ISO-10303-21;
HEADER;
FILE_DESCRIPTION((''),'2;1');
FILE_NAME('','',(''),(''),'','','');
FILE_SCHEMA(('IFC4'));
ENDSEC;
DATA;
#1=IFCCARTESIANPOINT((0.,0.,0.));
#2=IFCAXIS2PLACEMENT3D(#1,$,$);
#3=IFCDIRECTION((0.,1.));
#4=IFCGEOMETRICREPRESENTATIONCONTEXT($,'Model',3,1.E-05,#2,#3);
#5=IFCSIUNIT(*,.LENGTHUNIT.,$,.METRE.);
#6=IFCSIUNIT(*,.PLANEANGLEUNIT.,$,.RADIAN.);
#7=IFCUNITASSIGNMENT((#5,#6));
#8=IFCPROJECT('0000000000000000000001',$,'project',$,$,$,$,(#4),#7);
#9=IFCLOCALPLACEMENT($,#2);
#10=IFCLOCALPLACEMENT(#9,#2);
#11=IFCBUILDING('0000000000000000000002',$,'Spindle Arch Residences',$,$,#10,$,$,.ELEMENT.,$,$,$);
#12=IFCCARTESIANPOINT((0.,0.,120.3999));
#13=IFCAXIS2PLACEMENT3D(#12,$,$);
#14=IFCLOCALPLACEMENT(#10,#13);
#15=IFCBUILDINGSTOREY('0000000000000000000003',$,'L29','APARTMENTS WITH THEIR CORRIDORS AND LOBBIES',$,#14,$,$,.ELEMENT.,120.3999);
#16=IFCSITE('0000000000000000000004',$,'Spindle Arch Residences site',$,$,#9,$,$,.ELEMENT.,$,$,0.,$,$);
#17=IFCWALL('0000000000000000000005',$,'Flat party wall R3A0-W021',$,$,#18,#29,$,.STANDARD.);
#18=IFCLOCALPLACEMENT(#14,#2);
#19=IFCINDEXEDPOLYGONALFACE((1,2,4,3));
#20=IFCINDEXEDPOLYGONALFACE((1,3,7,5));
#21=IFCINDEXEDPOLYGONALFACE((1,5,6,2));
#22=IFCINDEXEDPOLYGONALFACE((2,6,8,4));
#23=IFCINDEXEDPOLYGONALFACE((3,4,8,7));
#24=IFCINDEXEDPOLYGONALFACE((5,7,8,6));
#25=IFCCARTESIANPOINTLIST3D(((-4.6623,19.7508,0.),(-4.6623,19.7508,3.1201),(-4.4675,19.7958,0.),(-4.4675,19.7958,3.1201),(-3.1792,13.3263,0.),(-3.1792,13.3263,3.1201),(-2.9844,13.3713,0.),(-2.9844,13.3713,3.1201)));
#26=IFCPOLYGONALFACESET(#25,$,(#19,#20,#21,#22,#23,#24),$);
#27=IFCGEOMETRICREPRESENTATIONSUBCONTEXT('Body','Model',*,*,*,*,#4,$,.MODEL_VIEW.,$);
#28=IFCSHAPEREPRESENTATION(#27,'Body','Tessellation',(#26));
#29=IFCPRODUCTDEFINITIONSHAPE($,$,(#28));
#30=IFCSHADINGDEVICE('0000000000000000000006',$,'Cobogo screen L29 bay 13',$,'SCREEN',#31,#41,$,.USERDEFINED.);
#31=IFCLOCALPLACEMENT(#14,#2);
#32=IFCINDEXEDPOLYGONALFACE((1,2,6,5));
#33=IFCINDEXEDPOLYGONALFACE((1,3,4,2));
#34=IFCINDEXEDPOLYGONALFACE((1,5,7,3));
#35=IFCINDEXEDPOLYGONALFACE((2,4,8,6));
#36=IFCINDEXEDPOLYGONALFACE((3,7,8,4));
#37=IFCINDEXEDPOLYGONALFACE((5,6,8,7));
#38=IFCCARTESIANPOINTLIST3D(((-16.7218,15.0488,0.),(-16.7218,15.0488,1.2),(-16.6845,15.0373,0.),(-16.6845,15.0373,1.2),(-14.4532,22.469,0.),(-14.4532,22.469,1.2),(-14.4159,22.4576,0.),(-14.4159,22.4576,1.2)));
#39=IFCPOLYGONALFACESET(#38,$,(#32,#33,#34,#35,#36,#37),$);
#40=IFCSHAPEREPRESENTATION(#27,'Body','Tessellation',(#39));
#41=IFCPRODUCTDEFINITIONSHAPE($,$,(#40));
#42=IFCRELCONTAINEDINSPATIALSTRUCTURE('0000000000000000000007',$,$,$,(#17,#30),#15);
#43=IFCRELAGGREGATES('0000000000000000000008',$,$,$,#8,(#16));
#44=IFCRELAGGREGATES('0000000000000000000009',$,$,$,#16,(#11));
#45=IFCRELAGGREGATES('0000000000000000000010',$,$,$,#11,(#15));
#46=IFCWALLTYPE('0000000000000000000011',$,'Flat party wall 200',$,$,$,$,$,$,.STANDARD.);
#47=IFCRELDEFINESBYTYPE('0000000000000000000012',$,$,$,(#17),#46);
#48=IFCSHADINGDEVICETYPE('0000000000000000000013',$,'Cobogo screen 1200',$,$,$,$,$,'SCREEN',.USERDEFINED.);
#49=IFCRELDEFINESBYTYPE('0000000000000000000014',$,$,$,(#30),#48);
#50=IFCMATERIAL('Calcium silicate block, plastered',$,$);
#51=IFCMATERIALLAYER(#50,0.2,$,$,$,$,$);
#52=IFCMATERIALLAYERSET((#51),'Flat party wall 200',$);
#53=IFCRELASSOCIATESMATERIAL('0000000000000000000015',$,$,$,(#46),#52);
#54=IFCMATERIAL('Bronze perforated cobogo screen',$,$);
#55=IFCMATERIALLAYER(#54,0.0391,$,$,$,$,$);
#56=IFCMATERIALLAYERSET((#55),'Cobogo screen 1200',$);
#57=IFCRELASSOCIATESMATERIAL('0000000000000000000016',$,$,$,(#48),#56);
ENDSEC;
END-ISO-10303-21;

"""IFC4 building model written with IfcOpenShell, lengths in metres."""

from ifc_helpers import new_model, si_unit, direction, frame, frame_2d, origin, origin_2d, place, context, subcontext, project, spatial, rectangle, extrude, material, layer, layer_set, type_object, element, save


model = new_model("IFC4")

# Units and contexts
model_context = context("Model", 3, precision=1e-05, world=origin(), true_north=direction((0.0, 1.0)))
body_context = subcontext(model_context, "Body", "Model", "MODEL_VIEW")
ifc_project = project(units=[si_unit("LENGTHUNIT", "METRE"), si_unit("PLANEANGLEUNIT", "RADIAN")], contexts=[model_context])

# Site, building, storey
site_placement = place(None, origin())
site = spatial("IfcSite", under=ifc_project, at=site_placement, Name="Spindle Arch Residences site", CompositionType="ELEMENT", RefElevation=0.0)
building_placement = place(site_placement, origin())
building = spatial("IfcBuilding", under=site, at=building_placement, Name="Spindle Arch Residences", CompositionType="ELEMENT")
storey_placement = place(building_placement, frame((0.0, 0.0, 120.3999)))
storey = spatial("IfcBuildingStorey", under=building, at=storey_placement, Name="L29", Description="APARTMENTS WITH THEIR CORRIDORS AND LOBBIES", CompositionType="ELEMENT", Elevation=120.3999)

# Wall
ifc_material_1 = material(Name="Calcium silicate block, plastered")
ifc_layer_1 = layer(ifc_material_1, 0.2)
ifc_layer_set_1 = layer_set([ifc_layer_1], Name="Flat party wall 200")
wall_type_1 = type_object("IfcWallType", Name="Flat party wall 200", PredefinedType="STANDARD", material=ifc_layer_set_1)
wall_1_placement = place(storey_placement, frame((-4.5649, 19.7734, 0.0), z_axis=(0.0, 0.0, 1.0), x_axis=(0.224941, -0.974372, 0.0)))
element("IfcWall", 1, at=wall_1_placement, inside=storey, type_object=wall_type_1, Name="Flat party wall R3A0-W021", PredefinedType="STANDARD", context=body_context, shape_type="SweptSolid", body=[
    extrude(rectangle(XDim=6.5935, YDim=0.2, at=frame_2d((3.2969, 0.0))), origin(), (0.0, 0.0, 1.0), 3.1201),
])

# Shading device
ifc_material_2 = material(Name="Bronze perforated cobogo screen")
ifc_layer_2 = layer(ifc_material_2, 0.0391)
ifc_layer_set_2 = layer_set([ifc_layer_2], Name="Cobogo screen 1200")
shading_device_type = type_object("IfcShadingDeviceType", Name="Cobogo screen 1200", ElementType="SCREEN", PredefinedType="USERDEFINED", material=ifc_layer_set_2)
shading_device_placement = place(storey_placement, frame((-15.5688, 18.7532, 0.0), z_axis=(0.0, 0.0, 1.0), x_axis=(-0.292372, -0.956305, 0.0)))
element("IfcShadingDevice", 2, at=shading_device_placement, inside=storey, type_object=shading_device_type, Name="Cobogo screen L29 bay 13", ObjectType="SCREEN", PredefinedType="USERDEFINED", context=body_context, shape_type="SweptSolid", body=[
    extrude(rectangle(XDim=7.7593, YDim=0.0391, at=origin_2d()), origin(), (0.0, 0.0, 1.0), 1.2),
])

save(model, "model.ifc")
